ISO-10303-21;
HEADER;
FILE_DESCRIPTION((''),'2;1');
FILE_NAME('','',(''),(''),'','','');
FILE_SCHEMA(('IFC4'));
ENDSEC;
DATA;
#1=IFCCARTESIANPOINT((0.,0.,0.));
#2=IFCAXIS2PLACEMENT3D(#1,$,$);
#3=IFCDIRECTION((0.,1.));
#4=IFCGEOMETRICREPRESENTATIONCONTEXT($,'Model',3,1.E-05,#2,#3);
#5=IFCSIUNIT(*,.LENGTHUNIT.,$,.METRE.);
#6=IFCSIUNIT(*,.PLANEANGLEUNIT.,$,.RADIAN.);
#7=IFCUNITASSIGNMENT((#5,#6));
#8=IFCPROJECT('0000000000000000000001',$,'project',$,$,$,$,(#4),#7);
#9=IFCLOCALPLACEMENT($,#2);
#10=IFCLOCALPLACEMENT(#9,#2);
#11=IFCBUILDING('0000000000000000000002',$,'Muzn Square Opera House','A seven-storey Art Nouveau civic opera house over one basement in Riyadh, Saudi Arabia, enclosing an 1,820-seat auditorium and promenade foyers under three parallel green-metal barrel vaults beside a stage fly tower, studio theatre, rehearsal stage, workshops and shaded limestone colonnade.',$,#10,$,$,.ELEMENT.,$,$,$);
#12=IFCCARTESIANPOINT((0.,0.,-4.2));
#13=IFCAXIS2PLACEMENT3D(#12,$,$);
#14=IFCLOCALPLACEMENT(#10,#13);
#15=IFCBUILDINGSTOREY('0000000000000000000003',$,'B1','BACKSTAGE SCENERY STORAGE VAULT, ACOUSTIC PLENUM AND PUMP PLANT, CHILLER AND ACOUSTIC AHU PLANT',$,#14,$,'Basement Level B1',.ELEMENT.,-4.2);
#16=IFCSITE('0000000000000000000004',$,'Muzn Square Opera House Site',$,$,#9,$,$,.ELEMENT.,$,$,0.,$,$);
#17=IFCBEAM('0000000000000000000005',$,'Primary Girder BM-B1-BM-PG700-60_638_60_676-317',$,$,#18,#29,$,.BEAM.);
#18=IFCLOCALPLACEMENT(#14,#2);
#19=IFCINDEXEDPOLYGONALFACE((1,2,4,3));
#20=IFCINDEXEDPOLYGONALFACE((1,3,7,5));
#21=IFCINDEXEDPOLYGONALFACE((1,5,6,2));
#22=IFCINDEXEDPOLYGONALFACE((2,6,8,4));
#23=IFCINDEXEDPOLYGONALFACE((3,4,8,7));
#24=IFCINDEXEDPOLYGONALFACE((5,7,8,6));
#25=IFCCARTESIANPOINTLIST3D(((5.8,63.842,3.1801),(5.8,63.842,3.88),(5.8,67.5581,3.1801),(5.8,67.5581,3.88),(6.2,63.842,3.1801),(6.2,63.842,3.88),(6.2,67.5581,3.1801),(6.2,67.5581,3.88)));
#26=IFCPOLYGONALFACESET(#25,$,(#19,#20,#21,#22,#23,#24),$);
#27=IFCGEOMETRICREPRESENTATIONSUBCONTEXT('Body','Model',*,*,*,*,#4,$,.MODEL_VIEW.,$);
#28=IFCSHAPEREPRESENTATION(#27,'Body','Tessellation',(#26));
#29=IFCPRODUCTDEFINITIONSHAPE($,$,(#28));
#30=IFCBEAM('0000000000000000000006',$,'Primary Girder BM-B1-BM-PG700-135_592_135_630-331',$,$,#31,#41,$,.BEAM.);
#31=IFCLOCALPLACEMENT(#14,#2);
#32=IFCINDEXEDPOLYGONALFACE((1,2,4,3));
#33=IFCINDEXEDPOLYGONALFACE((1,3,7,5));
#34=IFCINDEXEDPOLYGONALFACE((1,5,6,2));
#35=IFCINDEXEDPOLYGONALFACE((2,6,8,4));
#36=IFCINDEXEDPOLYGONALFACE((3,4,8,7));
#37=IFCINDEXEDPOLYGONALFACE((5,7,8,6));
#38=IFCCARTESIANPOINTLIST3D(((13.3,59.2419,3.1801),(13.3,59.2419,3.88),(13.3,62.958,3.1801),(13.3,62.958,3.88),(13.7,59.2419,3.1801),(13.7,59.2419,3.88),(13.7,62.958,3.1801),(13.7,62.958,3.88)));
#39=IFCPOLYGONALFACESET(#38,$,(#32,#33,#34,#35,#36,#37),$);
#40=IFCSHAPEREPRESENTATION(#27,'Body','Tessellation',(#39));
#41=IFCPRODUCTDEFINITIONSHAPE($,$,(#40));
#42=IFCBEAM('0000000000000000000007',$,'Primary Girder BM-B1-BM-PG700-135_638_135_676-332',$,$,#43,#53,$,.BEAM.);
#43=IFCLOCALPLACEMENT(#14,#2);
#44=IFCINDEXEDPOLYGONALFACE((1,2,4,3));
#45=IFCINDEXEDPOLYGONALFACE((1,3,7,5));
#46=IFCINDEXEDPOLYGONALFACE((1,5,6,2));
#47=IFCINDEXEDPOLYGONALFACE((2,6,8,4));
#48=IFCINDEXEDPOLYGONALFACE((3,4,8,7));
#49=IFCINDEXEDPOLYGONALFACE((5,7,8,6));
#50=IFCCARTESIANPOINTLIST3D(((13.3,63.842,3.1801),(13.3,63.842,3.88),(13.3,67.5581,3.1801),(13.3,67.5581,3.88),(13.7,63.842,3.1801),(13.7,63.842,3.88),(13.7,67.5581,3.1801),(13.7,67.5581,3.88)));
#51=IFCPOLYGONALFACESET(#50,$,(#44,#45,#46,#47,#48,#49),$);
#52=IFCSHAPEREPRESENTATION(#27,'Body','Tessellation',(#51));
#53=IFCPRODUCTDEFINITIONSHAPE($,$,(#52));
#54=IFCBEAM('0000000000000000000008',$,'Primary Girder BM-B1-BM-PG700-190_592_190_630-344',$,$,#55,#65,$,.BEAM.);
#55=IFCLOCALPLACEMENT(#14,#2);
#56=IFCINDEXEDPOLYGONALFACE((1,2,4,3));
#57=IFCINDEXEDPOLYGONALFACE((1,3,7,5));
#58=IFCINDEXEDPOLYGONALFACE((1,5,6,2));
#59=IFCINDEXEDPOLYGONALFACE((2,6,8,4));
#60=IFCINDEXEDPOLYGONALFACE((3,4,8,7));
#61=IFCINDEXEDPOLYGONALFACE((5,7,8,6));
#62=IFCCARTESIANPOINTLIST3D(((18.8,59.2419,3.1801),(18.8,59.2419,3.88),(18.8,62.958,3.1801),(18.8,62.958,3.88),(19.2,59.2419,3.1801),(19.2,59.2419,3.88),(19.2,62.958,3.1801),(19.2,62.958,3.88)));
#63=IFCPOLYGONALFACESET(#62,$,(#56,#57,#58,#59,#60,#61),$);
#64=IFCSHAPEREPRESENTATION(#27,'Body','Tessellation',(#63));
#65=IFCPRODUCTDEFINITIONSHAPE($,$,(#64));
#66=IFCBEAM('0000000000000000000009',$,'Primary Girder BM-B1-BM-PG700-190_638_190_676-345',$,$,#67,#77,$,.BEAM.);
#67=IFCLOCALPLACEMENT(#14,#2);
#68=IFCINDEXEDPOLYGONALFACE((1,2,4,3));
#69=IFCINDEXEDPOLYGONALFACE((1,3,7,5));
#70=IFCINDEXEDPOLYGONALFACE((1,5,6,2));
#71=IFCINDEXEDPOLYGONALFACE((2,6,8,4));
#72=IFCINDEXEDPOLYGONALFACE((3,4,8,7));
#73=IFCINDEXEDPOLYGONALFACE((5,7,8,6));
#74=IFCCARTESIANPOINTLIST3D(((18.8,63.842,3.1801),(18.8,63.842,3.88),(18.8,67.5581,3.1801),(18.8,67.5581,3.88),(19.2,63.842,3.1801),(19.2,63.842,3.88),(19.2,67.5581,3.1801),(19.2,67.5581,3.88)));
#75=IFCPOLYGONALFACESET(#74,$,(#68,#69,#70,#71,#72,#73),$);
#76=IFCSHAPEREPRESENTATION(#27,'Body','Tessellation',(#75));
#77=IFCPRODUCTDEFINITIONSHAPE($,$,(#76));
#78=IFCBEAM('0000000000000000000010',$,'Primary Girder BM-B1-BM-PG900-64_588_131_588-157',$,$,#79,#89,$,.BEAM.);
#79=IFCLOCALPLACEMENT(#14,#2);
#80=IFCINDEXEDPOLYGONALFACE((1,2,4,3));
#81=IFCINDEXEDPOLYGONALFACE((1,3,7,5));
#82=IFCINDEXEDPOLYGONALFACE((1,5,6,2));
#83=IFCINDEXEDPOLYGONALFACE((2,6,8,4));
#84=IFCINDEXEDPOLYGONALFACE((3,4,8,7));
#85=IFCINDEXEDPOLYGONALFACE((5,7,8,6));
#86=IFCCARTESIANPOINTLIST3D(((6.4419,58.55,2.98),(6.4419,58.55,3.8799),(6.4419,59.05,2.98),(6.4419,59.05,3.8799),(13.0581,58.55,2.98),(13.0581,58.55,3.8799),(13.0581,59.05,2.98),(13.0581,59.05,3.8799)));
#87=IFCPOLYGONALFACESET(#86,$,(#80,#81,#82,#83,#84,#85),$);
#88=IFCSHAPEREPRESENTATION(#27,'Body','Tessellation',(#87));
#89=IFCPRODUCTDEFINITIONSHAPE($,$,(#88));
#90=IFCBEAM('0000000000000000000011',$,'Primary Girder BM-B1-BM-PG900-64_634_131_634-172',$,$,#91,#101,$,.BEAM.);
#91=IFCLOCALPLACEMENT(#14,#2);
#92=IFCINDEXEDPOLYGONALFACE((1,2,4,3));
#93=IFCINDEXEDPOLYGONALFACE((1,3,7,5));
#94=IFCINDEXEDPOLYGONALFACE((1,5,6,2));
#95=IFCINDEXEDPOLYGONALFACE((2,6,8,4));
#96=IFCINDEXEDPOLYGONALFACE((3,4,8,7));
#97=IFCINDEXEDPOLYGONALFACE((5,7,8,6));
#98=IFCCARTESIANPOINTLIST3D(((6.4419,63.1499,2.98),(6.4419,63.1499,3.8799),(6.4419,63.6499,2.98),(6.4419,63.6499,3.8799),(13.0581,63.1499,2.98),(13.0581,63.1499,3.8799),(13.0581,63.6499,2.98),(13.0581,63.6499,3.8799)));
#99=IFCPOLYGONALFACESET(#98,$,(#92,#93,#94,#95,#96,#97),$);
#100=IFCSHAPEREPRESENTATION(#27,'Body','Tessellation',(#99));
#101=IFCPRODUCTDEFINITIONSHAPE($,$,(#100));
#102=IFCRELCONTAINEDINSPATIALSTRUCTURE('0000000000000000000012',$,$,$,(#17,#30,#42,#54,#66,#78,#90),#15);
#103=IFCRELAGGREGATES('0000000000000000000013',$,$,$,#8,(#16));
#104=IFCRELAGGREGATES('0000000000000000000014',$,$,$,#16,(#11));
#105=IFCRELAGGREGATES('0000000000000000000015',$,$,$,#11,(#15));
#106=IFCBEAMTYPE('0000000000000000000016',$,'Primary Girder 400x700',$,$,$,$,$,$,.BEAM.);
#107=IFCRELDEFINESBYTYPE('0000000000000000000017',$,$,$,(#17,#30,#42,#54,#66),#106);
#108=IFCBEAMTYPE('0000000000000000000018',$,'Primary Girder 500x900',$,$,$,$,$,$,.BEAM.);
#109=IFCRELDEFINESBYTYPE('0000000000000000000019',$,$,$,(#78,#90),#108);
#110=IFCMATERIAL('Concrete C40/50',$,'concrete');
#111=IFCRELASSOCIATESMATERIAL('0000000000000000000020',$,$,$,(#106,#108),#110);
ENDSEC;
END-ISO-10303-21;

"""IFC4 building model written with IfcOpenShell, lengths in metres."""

from ifc_helpers import new_model, si_unit, direction, frame, origin, origin_2d, place, context, subcontext, project, spatial, rectangle, extrude, material, material_profile, profile_set, type_object, element, save


model = new_model("IFC4")

# Units and contexts
model_context = context("Model", 3, precision=1e-05, world=origin(), true_north=direction((0.0, 1.0)))
body_context = subcontext(model_context, "Body", "Model", "MODEL_VIEW")
ifc_project = project(units=[si_unit("LENGTHUNIT", "METRE"), si_unit("PLANEANGLEUNIT", "RADIAN")], contexts=[model_context])

# Site, building, storey
site_placement = place(None, origin())
site = spatial("IfcSite", under=ifc_project, at=site_placement, Name="Muzn Square Opera House Site", CompositionType="ELEMENT", RefElevation=0.0)
building_placement = place(site_placement, origin())
building = spatial("IfcBuilding", under=site, at=building_placement, Name="Muzn Square Opera House", Description="A seven-storey Art Nouveau civic opera house over one basement in Riyadh, Saudi Arabia, enclosing an 1,820-seat auditorium and promenade foyers under three parallel green-metal barrel vaults beside a stage fly tower, studio theatre, rehearsal stage, workshops and shaded limestone colonnade.", CompositionType="ELEMENT")
storey_placement = place(building_placement, frame((0.0, 0.0, -4.2)))
storey = spatial("IfcBuildingStorey", under=building, at=storey_placement, Name="B1", Description="BACKSTAGE SCENERY STORAGE VAULT, ACOUSTIC PLENUM AND PUMP PLANT, CHILLER AND ACOUSTIC AHU PLANT", LongName="Basement Level B1", CompositionType="ELEMENT", Elevation=-4.2)

# Shared definitions
ifc_material_1 = material(Name="Concrete C40/50", Category="concrete")

# Beams
ifc_material_profile_1 = material_profile(ifc_material_1, rectangle(XDim=0.3999, YDim=0.7, at=origin_2d()), Name="RCB 400x700", Category="concrete")
ifc_profile_set_1 = profile_set([ifc_material_profile_1], Name="Concrete C40/50")
beam_type_1 = type_object("IfcBeamType", Name="Primary Girder 400x700", PredefinedType="BEAM", material=ifc_profile_set_1)
for number, where, z_axis, x_axis, name in (
    (1, (6.0, 63.842, 3.53), (0.0, 1.0, 0.0), (-1.0, 0.0, 0.0), "Primary Girder BM-B1-BM-PG700-60_638_60_676-317"),
    (2, (13.5, 59.2419, 3.53), (0.0, 1.0, 0.0), (-1.0, 0.0, 0.0), "Primary Girder BM-B1-BM-PG700-135_592_135_630-331"),
    (3, (13.5, 63.842, 3.53), (0.0, 1.0, 0.0), (-1.0, 0.0, 0.0), "Primary Girder BM-B1-BM-PG700-135_638_135_676-332"),
    (4, (19.0, 59.2419, 3.53), (0.0, 1.0, 0.0), (-1.0, 0.0, 0.0), "Primary Girder BM-B1-BM-PG700-190_592_190_630-344"),
    (5, (19.0, 63.842, 3.53), (0.0, 1.0, 0.0), (-1.0, 0.0, 0.0), "Primary Girder BM-B1-BM-PG700-190_638_190_676-345"),
):
    element("IfcBeam", number, at=place(storey_placement, frame(where, z_axis=z_axis, x_axis=x_axis)), inside=storey, type_object=beam_type_1, Name=name, PredefinedType="BEAM", context=body_context, shape_type="SweptSolid", body=[
        extrude(rectangle(XDim=0.3999, YDim=0.7, at=origin_2d()), origin(), (0.0, 0.0, 1.0), 3.7161),
    ])
ifc_material_profile_2 = material_profile(ifc_material_1, rectangle(XDim=0.5, YDim=0.8999, at=origin_2d()), Name="RCB 500x900", Category="concrete")
ifc_profile_set_2 = profile_set([ifc_material_profile_2], Name="Concrete C40/50")
beam_type_2 = type_object("IfcBeamType", Name="Primary Girder 500x900", PredefinedType="BEAM", material=ifc_profile_set_2)
for number, where, z_axis, x_axis, name in (
    (6, (6.4419, 58.8, 3.4299), (1.0, 0.0, 0.0), (0.0, 1.0, 0.0), "Primary Girder BM-B1-BM-PG900-64_588_131_588-157"),
    (7, (6.4419, 63.3999, 3.4299), (1.0, 0.0, 0.0), (0.0, 1.0, 0.0), "Primary Girder BM-B1-BM-PG900-64_634_131_634-172"),
):
    element("IfcBeam", number, at=place(storey_placement, frame(where, z_axis=z_axis, x_axis=x_axis)), inside=storey, type_object=beam_type_2, Name=name, PredefinedType="BEAM", context=body_context, shape_type="SweptSolid", body=[
        extrude(rectangle(XDim=0.5, YDim=0.8999, at=origin_2d()), origin(), (0.0, 0.0, 1.0), 6.6162),
    ])

save(model, "model.ifc")
